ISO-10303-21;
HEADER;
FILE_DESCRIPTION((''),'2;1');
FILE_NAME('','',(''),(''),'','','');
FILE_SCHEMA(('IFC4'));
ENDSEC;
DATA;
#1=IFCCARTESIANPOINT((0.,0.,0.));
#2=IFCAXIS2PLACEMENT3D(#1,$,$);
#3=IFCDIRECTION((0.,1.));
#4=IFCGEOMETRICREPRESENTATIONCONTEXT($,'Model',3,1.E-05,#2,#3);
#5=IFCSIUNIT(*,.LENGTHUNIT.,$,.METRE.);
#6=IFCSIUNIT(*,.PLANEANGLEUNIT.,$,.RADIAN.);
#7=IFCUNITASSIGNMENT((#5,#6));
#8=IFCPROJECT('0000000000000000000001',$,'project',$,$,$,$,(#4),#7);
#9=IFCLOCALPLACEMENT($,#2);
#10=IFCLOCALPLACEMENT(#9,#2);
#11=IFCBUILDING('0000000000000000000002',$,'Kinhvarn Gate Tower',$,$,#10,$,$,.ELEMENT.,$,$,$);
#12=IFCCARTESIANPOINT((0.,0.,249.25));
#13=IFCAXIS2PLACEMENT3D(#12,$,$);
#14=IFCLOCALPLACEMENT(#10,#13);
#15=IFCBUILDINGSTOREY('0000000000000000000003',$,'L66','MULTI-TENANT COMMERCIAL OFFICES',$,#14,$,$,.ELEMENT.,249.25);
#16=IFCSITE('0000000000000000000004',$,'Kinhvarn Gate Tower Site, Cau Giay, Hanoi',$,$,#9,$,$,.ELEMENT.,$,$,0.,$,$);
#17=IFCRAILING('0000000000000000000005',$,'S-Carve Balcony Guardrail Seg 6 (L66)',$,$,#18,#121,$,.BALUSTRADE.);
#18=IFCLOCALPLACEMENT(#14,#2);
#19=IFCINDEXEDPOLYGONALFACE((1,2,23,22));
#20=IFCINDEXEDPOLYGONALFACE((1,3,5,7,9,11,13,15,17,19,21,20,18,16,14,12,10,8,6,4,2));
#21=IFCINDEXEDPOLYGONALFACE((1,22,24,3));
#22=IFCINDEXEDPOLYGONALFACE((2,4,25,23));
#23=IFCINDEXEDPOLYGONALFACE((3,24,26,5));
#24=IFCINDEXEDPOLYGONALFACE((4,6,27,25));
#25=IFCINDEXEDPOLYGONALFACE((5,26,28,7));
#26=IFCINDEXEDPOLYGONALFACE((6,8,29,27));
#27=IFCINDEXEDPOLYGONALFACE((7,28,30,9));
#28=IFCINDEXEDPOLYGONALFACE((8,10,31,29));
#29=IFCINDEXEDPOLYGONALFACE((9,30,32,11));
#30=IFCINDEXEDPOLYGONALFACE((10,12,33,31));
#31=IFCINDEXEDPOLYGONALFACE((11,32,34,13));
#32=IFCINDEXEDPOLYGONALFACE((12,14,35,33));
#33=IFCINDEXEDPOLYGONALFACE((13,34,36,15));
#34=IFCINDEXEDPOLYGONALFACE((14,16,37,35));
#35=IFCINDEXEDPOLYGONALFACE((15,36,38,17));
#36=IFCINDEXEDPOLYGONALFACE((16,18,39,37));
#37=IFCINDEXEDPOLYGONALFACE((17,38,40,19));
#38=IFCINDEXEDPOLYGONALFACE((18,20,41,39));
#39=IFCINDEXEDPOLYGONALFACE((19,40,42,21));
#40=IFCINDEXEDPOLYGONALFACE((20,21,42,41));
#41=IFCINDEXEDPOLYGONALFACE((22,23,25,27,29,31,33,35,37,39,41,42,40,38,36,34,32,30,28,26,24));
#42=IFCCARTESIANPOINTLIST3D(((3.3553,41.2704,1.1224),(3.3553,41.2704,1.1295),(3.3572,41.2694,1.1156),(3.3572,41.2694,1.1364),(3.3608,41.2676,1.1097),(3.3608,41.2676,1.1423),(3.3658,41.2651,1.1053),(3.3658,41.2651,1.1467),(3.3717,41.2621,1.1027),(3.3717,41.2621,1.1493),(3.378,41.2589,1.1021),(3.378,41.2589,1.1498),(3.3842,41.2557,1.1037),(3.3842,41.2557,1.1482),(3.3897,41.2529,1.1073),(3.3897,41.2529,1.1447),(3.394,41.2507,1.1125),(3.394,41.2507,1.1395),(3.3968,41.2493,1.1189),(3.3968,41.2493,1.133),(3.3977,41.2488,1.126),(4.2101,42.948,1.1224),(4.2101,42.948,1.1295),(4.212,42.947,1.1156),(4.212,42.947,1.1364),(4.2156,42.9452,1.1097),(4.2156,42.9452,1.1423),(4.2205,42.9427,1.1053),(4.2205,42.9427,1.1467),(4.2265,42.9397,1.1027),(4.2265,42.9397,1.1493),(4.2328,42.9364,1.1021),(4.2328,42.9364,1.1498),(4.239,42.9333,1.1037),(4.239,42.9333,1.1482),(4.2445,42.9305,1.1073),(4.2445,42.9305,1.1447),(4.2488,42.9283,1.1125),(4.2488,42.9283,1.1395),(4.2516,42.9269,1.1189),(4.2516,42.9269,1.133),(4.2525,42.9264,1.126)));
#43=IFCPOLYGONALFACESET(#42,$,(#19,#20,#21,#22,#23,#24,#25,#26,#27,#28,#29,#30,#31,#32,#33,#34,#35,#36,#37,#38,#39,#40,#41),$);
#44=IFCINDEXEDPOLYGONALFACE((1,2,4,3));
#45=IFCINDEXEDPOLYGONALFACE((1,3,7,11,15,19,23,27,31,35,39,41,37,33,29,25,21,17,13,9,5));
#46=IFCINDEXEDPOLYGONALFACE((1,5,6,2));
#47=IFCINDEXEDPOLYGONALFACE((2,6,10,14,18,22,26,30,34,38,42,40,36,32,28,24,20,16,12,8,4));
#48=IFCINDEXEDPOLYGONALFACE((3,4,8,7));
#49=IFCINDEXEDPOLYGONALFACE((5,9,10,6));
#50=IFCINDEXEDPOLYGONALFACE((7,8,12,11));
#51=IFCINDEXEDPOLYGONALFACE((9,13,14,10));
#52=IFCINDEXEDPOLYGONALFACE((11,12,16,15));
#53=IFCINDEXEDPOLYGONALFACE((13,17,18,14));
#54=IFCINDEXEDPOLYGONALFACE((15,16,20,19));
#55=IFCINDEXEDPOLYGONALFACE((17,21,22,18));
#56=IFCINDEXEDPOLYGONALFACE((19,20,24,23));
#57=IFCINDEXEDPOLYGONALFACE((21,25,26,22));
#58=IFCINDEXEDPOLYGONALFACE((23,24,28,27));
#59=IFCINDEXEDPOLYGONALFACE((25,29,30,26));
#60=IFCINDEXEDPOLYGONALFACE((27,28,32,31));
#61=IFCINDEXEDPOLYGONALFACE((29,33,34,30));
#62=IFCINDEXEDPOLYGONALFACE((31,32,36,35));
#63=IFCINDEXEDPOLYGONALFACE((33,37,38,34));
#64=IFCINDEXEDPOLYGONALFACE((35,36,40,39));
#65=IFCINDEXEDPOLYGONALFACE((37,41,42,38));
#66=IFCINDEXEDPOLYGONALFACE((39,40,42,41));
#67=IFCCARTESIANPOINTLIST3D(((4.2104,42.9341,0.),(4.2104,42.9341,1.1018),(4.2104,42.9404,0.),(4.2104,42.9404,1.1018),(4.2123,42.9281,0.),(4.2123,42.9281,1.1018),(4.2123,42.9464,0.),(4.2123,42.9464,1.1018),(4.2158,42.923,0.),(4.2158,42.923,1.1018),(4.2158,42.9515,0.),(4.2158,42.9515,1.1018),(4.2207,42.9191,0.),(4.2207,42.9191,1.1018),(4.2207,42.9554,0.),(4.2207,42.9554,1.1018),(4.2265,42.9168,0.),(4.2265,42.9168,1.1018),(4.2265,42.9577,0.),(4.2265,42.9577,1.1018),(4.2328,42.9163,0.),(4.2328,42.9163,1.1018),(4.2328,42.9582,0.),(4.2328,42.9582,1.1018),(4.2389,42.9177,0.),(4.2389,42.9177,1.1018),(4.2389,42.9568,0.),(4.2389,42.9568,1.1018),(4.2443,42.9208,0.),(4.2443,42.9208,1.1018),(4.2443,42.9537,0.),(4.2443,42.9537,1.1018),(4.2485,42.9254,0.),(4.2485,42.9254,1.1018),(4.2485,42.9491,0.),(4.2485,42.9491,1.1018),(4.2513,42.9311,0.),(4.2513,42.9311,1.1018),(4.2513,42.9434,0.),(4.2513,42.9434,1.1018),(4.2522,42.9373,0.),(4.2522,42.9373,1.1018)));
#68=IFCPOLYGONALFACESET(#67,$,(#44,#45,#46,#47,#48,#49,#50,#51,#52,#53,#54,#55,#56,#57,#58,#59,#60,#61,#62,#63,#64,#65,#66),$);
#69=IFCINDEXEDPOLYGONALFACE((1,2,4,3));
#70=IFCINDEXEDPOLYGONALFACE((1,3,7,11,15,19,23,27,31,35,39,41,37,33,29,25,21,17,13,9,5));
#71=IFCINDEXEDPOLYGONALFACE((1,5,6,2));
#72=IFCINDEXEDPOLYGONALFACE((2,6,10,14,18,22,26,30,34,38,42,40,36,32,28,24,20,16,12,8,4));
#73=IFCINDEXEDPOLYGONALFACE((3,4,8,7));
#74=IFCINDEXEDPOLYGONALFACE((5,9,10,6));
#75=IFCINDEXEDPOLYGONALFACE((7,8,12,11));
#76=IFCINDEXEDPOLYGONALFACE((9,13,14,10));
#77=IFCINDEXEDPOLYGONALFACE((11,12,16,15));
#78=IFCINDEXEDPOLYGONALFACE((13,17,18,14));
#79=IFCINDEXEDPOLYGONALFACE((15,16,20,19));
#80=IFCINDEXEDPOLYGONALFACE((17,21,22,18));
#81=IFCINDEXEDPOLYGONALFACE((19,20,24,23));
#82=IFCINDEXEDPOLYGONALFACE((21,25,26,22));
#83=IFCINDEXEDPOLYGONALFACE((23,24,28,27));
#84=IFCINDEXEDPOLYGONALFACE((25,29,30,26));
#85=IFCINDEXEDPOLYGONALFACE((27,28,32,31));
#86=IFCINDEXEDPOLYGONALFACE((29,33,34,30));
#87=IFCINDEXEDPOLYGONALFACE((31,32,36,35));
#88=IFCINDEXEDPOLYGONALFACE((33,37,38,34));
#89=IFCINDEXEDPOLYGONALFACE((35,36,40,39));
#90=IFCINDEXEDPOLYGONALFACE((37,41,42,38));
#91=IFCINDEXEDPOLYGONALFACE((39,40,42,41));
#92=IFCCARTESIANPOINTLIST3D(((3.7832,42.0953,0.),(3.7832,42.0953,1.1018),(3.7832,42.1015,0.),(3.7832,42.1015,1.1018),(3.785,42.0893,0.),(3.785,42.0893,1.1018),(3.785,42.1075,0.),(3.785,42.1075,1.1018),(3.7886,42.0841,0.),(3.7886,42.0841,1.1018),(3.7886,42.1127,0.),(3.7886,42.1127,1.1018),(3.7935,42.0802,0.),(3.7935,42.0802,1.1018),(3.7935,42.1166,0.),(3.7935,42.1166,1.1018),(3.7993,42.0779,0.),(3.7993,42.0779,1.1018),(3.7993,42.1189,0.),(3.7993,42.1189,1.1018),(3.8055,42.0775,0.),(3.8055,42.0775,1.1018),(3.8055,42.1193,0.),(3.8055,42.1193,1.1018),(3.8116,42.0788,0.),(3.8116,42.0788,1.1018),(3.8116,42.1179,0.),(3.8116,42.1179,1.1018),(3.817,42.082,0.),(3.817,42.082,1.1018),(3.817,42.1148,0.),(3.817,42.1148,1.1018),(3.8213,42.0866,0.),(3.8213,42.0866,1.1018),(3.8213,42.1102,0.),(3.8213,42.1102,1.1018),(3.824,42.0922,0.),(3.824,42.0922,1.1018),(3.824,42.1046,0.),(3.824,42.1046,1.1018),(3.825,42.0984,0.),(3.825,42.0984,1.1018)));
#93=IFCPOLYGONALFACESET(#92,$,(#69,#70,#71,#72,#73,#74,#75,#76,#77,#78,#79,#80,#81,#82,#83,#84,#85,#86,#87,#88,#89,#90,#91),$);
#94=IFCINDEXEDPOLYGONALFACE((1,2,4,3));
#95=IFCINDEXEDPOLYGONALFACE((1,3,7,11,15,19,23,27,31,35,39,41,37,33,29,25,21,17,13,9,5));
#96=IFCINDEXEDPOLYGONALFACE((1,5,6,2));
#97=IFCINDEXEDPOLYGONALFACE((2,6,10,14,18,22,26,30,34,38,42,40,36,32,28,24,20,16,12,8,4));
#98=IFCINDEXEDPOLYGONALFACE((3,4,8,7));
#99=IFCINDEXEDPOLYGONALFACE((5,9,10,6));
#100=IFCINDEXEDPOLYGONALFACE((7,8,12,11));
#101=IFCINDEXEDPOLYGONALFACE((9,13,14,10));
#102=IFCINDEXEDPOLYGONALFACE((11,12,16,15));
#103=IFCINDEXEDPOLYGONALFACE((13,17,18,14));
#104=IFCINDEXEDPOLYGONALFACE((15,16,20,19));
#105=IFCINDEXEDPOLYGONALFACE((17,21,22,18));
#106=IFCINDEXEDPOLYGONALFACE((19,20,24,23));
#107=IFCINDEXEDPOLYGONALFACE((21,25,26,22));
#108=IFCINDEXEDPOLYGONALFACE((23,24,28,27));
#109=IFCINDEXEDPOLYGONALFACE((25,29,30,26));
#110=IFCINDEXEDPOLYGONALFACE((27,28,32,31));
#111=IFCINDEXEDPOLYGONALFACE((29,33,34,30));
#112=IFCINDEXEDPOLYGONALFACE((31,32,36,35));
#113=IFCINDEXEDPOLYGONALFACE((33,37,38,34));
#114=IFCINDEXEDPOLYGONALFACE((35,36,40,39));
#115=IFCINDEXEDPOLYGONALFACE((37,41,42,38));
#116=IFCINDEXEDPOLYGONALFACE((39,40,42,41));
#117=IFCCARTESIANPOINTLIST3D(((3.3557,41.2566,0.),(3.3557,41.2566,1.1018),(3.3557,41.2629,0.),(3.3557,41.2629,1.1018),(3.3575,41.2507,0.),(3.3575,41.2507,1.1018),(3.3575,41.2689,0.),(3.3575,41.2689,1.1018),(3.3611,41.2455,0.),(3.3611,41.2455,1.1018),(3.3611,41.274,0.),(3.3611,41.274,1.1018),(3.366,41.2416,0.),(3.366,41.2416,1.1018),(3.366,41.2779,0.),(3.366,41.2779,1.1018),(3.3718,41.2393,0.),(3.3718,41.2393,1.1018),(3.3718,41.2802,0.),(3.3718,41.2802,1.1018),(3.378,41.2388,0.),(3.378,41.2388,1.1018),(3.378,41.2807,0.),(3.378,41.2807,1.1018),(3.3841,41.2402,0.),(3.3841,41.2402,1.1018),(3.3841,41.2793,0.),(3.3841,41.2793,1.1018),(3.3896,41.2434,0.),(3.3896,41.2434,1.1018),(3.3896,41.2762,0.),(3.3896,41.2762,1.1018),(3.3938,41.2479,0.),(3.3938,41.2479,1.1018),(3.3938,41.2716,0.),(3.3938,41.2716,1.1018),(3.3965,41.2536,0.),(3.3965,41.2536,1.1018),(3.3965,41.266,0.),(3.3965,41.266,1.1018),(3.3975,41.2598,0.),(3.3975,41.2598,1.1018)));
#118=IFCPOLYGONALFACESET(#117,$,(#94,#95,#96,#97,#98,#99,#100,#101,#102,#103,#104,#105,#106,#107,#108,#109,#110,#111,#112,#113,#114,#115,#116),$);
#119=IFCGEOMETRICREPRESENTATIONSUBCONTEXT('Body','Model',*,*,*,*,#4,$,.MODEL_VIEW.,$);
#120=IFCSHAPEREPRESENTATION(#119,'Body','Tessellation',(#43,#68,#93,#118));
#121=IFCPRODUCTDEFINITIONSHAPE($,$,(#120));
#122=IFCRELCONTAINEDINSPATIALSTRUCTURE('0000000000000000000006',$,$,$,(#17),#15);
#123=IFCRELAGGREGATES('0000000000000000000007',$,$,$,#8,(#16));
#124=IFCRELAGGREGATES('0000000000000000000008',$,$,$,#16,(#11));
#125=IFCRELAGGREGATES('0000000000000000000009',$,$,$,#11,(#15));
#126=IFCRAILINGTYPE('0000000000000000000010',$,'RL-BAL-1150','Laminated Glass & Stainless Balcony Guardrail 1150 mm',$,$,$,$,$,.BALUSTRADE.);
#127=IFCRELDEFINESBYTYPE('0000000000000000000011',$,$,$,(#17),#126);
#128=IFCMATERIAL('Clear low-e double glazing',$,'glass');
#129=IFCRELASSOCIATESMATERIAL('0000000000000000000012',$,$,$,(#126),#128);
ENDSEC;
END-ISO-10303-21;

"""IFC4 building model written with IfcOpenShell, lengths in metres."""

from ifc_helpers import new_model, si_unit, direction, frame, origin, origin_2d, place, context, subcontext, project, spatial, circle, extrude, material, type_object, element, save


model = new_model("IFC4")

# Units and contexts
model_context = context("Model", 3, precision=1e-05, world=origin(), true_north=direction((0.0, 1.0)))
body_context = subcontext(model_context, "Body", "Model", "MODEL_VIEW")
ifc_project = project(units=[si_unit("LENGTHUNIT", "METRE"), si_unit("PLANEANGLEUNIT", "RADIAN")], contexts=[model_context])

# Site, building, storey
site_placement = place(None, origin())
site = spatial("IfcSite", under=ifc_project, at=site_placement, Name="Kinhvarn Gate Tower Site, Cau Giay, Hanoi", CompositionType="ELEMENT", RefElevation=0.0)
building_placement = place(site_placement, origin())
building = spatial("IfcBuilding", under=site, at=building_placement, Name="Kinhvarn Gate Tower", CompositionType="ELEMENT")
storey_placement = place(building_placement, frame((0.0, 0.0, 249.25)))
storey = spatial("IfcBuildingStorey", under=building, at=storey_placement, Name="L66", Description="MULTI-TENANT COMMERCIAL OFFICES", CompositionType="ELEMENT", Elevation=249.25)

# Shared definitions
ifc_material_1 = material(Name="Clear low-e double glazing", Category="glass")

# Railing
railing_type = type_object("IfcRailingType", Name="RL-BAL-1150", Description="Laminated Glass & Stainless Balcony Guardrail 1150 mm", PredefinedType="BALUSTRADE", material=ifc_material_1)
railing_1_placement = place(storey_placement, frame((4.2312, 42.9373, 0.0)))
element("IfcRailing", 1, at=railing_1_placement, inside=storey, type_object=railing_type, Name="S-Carve Balcony Guardrail Seg 6 (L66)", PredefinedType="BALUSTRADE", context=body_context, shape_type="SweptSolid", body=[
    extrude(circle(Radius=0.0239, at=origin_2d()), frame((0.0, 0.0, 1.126), z_axis=(-0.453996, -0.891004, 0.0), x_axis=(0.891004, -0.453996, 0.0)), (0.0, 0.0, 1.0), 1.8828),
    extrude(circle(Radius=0.021, at=origin_2d()), origin(), (0.0, 0.0, 1.0), 1.1018),
    extrude(circle(Radius=0.021, at=origin_2d()), frame((-0.4272, -0.8389, 0.0)), (0.0, 0.0, 1.0), 1.1018),
    extrude(circle(Radius=0.021, at=origin_2d()), frame((-0.8547, -1.6775, 0.0)), (0.0, 0.0, 1.0), 1.1018),
])

save(model, "model.ifc")
